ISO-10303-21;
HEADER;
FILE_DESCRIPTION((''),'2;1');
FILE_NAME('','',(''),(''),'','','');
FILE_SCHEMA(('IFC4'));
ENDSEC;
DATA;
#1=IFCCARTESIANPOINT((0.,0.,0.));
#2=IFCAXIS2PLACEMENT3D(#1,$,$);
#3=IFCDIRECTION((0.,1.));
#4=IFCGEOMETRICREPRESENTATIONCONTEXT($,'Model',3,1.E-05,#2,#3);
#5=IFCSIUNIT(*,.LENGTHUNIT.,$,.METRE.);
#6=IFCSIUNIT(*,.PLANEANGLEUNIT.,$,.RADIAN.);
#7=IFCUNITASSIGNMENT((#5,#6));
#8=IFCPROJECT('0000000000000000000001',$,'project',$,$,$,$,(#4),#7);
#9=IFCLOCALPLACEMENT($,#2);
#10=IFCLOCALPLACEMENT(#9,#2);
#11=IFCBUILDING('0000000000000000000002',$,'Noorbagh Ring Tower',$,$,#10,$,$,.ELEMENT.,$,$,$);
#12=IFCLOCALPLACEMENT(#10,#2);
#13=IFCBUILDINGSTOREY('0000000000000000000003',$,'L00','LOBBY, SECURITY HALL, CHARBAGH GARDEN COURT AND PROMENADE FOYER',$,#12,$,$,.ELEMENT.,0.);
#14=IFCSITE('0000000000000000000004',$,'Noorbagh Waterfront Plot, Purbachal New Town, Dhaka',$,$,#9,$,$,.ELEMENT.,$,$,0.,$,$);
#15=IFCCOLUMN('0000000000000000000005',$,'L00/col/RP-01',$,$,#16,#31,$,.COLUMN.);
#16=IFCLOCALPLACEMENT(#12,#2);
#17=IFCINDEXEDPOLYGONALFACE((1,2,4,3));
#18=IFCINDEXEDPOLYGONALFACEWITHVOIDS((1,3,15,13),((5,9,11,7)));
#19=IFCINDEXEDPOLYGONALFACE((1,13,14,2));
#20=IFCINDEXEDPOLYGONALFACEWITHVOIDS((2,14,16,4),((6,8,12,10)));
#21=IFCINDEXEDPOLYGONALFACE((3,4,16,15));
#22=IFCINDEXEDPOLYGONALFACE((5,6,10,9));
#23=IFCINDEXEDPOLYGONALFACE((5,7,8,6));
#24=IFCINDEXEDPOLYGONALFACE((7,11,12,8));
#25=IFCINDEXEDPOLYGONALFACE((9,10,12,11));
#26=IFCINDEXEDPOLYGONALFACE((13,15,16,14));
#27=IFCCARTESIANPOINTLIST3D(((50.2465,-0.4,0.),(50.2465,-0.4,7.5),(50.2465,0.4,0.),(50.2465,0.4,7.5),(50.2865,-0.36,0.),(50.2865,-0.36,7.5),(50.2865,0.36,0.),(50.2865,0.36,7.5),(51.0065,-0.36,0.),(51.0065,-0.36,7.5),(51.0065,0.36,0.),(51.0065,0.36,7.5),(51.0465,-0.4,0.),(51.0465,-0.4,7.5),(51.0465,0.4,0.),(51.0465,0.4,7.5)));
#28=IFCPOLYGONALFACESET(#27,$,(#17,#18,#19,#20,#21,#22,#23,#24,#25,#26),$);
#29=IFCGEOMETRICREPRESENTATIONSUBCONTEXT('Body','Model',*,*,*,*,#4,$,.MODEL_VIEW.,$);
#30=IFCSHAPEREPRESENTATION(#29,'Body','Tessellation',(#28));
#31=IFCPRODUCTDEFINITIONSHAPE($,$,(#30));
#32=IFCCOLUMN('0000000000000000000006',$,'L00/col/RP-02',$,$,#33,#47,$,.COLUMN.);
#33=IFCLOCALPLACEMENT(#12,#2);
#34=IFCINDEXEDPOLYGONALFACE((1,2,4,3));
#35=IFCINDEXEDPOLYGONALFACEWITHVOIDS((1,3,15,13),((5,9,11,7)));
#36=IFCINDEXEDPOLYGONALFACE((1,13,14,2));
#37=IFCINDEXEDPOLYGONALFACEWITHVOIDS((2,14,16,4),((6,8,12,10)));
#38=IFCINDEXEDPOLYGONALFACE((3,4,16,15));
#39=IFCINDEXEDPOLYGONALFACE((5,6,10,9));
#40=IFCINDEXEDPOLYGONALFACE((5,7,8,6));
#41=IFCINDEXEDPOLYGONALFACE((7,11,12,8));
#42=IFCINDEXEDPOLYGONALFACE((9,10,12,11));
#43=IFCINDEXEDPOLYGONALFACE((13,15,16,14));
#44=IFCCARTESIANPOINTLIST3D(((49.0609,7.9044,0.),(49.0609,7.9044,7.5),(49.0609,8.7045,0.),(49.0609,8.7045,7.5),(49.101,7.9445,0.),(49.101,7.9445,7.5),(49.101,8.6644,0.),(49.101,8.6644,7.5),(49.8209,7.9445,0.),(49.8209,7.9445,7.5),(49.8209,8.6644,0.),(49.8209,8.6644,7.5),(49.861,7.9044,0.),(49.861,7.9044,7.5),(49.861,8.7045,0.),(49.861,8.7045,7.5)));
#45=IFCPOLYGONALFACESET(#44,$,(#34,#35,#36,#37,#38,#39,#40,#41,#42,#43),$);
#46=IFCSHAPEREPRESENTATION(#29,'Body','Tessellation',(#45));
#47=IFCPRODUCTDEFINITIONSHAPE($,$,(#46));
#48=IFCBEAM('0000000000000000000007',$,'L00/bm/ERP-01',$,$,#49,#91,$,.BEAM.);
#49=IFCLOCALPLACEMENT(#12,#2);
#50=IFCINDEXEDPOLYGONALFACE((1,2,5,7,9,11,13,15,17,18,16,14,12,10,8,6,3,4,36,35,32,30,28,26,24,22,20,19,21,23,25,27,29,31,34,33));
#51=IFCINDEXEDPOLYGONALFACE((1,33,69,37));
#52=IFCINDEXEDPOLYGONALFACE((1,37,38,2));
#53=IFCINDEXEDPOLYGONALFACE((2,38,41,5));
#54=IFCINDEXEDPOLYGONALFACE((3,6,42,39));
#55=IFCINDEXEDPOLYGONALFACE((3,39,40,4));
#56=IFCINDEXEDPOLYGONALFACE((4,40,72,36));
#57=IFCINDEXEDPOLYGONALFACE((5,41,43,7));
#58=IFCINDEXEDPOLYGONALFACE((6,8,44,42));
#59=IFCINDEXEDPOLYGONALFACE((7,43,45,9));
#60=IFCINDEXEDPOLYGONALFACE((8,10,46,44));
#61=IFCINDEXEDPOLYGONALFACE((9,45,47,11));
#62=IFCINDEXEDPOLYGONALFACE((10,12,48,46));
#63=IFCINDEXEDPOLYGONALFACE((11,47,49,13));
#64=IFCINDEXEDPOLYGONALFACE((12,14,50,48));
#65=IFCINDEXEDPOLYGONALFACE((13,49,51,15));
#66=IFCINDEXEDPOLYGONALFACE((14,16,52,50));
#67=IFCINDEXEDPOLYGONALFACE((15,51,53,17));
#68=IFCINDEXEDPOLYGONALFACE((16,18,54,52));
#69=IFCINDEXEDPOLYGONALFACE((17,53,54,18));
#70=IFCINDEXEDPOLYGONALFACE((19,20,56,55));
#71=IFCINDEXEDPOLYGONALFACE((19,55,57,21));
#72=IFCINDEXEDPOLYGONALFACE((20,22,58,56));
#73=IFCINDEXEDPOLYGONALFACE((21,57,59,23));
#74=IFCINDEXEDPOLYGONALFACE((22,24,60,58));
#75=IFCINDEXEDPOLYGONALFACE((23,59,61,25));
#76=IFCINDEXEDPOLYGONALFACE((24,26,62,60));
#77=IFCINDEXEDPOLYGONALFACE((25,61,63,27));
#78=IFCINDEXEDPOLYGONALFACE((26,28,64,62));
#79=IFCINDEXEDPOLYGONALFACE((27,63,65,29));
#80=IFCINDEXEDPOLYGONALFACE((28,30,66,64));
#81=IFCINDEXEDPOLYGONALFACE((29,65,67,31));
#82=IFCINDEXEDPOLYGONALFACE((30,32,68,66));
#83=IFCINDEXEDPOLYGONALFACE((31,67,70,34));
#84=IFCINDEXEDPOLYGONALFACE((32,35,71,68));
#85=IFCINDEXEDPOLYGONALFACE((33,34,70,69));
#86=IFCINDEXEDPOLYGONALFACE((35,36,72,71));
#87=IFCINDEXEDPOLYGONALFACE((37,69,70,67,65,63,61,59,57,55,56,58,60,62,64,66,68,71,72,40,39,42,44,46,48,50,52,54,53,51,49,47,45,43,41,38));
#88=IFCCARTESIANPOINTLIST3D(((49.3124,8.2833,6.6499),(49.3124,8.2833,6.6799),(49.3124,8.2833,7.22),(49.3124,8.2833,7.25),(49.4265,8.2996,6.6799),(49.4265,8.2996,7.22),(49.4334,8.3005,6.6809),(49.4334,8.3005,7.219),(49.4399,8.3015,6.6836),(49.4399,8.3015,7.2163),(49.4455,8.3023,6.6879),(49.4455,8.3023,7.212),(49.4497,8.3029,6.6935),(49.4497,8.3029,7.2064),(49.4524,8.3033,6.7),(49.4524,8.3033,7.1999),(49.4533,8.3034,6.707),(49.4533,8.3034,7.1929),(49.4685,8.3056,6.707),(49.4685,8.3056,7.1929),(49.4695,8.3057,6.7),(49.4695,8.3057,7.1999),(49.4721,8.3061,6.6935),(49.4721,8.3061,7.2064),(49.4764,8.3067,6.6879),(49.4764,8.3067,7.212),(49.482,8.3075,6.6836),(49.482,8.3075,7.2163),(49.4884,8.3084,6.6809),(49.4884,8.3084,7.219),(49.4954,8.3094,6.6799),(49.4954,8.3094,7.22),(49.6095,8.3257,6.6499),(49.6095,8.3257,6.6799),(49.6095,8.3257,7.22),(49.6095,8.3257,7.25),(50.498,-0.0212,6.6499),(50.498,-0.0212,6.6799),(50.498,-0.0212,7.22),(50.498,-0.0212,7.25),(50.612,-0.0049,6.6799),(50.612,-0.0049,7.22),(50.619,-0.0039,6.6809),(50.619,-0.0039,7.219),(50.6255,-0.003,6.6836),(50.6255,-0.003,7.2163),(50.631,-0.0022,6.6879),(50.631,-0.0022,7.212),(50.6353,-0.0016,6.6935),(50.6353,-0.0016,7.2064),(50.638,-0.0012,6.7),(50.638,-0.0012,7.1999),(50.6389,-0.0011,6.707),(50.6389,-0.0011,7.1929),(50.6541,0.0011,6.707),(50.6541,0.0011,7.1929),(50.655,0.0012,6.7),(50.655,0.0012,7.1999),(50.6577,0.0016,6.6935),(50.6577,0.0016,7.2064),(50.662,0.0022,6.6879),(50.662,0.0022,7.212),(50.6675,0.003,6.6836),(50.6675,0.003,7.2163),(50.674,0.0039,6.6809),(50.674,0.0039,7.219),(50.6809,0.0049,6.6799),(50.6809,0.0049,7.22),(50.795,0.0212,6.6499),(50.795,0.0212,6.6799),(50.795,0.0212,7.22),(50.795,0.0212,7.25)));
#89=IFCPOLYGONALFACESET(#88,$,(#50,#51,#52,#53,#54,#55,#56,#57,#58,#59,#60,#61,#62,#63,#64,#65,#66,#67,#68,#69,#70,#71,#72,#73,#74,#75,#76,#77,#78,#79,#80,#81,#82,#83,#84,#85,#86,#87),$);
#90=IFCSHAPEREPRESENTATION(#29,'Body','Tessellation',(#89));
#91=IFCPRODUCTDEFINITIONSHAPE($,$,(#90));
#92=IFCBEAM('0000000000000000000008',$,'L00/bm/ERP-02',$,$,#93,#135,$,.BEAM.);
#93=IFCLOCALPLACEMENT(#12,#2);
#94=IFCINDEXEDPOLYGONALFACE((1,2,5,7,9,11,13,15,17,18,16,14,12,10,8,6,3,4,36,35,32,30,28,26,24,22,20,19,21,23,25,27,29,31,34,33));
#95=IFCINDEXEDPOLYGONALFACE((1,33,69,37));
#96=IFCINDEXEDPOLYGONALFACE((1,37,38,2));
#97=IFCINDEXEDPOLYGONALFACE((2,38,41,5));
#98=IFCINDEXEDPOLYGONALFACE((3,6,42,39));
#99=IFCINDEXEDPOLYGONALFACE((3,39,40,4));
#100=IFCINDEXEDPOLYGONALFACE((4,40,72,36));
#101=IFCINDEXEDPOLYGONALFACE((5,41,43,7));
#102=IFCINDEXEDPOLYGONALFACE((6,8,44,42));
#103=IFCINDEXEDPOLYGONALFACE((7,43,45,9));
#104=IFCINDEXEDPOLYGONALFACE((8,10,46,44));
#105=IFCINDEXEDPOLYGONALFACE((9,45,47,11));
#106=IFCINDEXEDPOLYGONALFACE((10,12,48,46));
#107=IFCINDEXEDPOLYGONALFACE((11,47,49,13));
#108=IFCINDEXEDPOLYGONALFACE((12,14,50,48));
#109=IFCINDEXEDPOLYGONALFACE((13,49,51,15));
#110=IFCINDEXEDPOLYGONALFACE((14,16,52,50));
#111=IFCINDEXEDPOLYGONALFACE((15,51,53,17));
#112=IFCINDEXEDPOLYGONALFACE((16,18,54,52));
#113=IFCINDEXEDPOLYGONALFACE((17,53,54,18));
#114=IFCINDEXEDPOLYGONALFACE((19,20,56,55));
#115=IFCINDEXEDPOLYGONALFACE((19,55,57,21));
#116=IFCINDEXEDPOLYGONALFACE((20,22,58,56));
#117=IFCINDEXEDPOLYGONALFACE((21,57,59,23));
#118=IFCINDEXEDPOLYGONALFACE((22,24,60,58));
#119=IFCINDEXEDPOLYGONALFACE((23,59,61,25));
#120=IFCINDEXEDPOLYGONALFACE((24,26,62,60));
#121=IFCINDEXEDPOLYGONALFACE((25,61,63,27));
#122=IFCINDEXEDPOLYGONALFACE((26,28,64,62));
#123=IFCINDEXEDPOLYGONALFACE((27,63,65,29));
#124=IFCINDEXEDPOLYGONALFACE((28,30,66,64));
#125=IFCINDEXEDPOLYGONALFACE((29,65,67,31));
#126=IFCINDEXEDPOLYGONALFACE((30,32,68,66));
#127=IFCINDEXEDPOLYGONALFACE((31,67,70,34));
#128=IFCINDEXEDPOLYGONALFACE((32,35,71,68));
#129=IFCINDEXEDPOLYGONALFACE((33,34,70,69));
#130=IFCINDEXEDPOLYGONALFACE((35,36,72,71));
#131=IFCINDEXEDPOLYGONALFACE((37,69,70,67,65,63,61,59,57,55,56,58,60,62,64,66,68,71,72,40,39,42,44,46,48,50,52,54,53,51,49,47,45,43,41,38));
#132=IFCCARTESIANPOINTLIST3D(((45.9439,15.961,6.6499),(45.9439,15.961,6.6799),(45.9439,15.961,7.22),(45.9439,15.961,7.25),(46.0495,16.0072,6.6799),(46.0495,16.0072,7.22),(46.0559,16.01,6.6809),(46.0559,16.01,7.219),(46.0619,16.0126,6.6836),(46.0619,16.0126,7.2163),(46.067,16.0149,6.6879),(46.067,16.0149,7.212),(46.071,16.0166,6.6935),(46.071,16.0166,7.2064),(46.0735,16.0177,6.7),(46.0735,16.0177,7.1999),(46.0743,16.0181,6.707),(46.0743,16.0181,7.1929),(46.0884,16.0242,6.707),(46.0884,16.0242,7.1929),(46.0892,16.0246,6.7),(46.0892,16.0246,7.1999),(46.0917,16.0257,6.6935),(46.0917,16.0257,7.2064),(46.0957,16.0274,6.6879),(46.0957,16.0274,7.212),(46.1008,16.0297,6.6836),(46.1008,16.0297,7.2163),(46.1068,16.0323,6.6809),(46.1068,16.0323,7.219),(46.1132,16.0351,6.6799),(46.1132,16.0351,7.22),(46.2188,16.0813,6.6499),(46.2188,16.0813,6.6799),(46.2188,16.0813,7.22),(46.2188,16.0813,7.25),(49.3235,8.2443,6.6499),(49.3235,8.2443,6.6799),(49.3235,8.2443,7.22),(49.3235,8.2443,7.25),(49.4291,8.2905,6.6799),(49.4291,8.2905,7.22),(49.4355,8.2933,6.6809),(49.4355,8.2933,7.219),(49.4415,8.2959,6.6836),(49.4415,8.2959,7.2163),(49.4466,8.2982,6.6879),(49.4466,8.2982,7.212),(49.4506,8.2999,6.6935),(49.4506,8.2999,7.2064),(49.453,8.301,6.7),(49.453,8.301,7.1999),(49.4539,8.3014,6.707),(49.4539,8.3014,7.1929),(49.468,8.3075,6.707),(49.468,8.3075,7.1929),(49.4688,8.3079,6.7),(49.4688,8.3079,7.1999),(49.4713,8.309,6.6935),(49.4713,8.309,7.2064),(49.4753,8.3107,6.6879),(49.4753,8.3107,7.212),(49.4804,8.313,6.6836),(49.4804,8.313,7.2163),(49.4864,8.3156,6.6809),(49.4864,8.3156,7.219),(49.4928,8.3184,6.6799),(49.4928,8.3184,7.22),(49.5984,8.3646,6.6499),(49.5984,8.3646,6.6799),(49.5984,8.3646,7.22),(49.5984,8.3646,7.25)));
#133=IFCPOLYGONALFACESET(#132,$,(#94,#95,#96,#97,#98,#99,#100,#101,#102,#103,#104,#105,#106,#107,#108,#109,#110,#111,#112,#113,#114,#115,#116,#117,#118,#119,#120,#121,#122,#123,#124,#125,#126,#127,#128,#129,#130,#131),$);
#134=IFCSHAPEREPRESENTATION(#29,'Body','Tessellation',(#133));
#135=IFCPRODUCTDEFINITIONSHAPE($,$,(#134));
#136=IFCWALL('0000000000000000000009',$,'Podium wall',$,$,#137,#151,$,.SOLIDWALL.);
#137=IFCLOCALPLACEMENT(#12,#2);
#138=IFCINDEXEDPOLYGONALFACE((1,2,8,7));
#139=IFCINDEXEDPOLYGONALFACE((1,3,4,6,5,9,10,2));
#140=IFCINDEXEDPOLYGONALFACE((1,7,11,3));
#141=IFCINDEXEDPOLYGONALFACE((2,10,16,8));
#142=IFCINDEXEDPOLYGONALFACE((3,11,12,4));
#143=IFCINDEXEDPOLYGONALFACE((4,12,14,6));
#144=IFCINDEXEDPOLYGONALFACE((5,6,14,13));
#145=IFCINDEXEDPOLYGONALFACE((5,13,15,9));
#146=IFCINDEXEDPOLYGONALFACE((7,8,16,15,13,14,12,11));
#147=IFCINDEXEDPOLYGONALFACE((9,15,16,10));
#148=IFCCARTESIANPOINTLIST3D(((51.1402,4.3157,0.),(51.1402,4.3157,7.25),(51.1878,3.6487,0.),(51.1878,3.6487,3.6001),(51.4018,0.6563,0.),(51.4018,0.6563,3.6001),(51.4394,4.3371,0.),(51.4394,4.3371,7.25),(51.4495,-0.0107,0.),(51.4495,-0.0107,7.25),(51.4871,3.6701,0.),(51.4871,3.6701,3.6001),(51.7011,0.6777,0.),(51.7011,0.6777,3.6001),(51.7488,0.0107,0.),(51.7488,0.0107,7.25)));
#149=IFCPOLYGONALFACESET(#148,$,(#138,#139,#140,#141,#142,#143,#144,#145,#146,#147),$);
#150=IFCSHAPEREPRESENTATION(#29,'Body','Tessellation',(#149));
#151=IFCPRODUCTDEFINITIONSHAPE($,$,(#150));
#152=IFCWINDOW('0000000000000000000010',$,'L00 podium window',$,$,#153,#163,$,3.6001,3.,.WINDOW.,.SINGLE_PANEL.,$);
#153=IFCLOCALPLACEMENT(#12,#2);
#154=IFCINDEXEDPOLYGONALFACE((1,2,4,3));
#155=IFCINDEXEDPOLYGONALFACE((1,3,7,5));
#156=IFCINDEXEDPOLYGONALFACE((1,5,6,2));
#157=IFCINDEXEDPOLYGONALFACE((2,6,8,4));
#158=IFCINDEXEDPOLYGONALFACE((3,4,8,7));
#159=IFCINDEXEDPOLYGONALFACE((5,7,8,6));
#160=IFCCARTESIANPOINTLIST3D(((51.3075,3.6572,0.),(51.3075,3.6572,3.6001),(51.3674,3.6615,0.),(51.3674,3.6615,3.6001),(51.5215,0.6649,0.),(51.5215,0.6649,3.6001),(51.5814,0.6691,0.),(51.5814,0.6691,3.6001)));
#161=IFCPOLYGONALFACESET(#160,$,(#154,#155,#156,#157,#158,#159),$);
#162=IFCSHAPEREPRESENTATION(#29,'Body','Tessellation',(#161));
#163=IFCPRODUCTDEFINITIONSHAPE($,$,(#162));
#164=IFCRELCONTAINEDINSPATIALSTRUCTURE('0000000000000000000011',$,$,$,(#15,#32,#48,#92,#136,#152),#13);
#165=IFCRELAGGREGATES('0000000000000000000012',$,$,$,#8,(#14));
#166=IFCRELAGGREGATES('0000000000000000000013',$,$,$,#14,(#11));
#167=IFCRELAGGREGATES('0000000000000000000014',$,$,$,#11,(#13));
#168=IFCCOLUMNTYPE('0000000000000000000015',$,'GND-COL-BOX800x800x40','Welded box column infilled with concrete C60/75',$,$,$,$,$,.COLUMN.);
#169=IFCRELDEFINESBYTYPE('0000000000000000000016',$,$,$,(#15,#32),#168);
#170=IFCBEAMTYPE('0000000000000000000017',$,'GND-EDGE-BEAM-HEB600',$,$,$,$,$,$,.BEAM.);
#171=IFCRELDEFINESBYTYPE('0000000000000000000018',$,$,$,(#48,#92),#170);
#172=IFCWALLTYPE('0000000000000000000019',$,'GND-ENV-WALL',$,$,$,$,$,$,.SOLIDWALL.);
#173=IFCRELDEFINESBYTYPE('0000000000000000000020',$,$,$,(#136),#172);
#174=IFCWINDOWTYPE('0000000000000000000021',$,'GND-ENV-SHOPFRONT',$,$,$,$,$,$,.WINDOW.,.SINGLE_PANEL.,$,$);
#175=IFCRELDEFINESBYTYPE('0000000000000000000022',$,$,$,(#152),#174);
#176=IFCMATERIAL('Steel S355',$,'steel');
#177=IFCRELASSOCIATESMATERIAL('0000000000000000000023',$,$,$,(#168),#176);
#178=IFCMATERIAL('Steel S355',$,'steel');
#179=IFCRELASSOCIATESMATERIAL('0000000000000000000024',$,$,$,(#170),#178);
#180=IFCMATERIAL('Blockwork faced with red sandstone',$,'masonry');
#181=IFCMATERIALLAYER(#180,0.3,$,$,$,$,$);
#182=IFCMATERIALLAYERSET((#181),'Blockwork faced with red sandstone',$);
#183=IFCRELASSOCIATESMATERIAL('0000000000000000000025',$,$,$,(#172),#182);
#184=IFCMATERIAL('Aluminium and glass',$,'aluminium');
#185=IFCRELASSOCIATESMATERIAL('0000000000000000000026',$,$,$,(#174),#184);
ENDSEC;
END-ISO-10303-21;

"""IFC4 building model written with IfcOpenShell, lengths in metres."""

from ifc_helpers import new_model, si_unit, direction, frame, frame_2d, origin, origin_2d, place, context, subcontext, project, spatial, rectangle, hollow_rectangle, i_section, extrude, material, layer, layer_set, material_profile, profile_set, type_object, element, fill, save


model = new_model("IFC4")

# Units and contexts
model_context = context("Model", 3, precision=1e-05, world=origin(), true_north=direction((0.0, 1.0)))
body_context = subcontext(model_context, "Body", "Model", "MODEL_VIEW")
ifc_project = project(units=[si_unit("LENGTHUNIT", "METRE"), si_unit("PLANEANGLEUNIT", "RADIAN")], contexts=[model_context])

# Site, building, storey
site_placement = place(None, origin())
site = spatial("IfcSite", under=ifc_project, at=site_placement, Name="Noorbagh Waterfront Plot, Purbachal New Town, Dhaka", CompositionType="ELEMENT", RefElevation=0.0)
building_placement = place(site_placement, origin())
building = spatial("IfcBuilding", under=site, at=building_placement, Name="Noorbagh Ring Tower", CompositionType="ELEMENT")
storey_placement = place(building_placement, origin())
storey = spatial("IfcBuildingStorey", under=building, at=storey_placement, Name="L00", Description="LOBBY, SECURITY HALL, CHARBAGH GARDEN COURT AND PROMENADE FOYER", CompositionType="ELEMENT", Elevation=0.0)

# Columns
ifc_material_1 = material(Name="Steel S355", Category="steel")
ifc_material_profile_1 = material_profile(ifc_material_1, hollow_rectangle(XDim=0.8, YDim=0.8, WallThickness=0.04, at=origin_2d()), Name="BOX800x800x40")
ifc_profile_set_1 = profile_set([ifc_material_profile_1], Name="Steel S355")
column_type = type_object("IfcColumnType", Name="GND-COL-BOX800x800x40", Description="Welded box column infilled with concrete C60/75", PredefinedType="COLUMN", material=ifc_profile_set_1)
for number, where, z_axis, x_axis, name in (
    (1, (50.6465, 0.0, 0.0), (0.0, 0.0, 1.0), (1.0, 0.0, 0.0), "L00/col/RP-01"),
    (2, (49.4609, 8.3044, 0.0), (0.0, 0.0, 1.0), (1.0, 0.0, 0.0), "L00/col/RP-02"),
):
    element("IfcColumn", number, at=place(storey_placement, frame(where, z_axis=z_axis, x_axis=x_axis)), inside=storey, type_object=column_type, Name=name, PredefinedType="COLUMN", context=body_context, shape_type="SweptSolid", body=[
        extrude(hollow_rectangle(XDim=0.8, YDim=0.8, WallThickness=0.04, at=origin_2d()), origin(), (0.0, 0.0, 1.0), 7.5),
    ])

# Beams
ifc_material_2 = material(Name="Steel S355", Category="steel")
ifc_material_profile_2 = material_profile(ifc_material_2, i_section(OverallWidth=0.3, OverallDepth=0.6001, WebThickness=0.0154, FlangeThickness=0.03, FilletRadius=0.0271, at=origin_2d()), Name="HEB600")
ifc_profile_set_2 = profile_set([ifc_material_profile_2], Name="Steel S355")
beam_type = type_object("IfcBeamType", Name="GND-EDGE-BEAM-HEB600", PredefinedType="BEAM", material=ifc_profile_set_2)
beam_1_placement = place(storey_placement, frame((50.6465, 0.0, 6.95), z_axis=(-0.141328, 0.989963, 0.0), x_axis=(-0.989963, -0.141328, 0.0)))
element("IfcBeam", 3, at=beam_1_placement, inside=storey, type_object=beam_type, Name="L00/bm/ERP-01", PredefinedType="BEAM", context=body_context, shape_type="SweptSolid", body=[
    extrude(i_section(OverallWidth=0.3, OverallDepth=0.6001, WebThickness=0.0154, FlangeThickness=0.03, FilletRadius=0.0271, at=origin_2d()), origin(), (0.0, 0.0, 1.0), 8.3887),
])
beam_2_placement = place(storey_placement, frame((49.4609, 8.3044, 6.95), z_axis=(-0.401172, 0.916003, 0.0), x_axis=(-0.916003, -0.401172, 0.0)))
element("IfcBeam", 4, at=beam_2_placement, inside=storey, type_object=beam_type, Name="L00/bm/ERP-02", PredefinedType="BEAM", context=body_context, shape_type="SweptSolid", body=[
    extrude(i_section(OverallWidth=0.3, OverallDepth=0.6001, WebThickness=0.0154, FlangeThickness=0.03, FilletRadius=0.0271, at=origin_2d()), origin(), (0.0, 0.0, 1.0), 8.4243),
])

# Wall, opening, window
ifc_material_3 = material(Name="Blockwork faced with red sandstone", Category="masonry")
ifc_layer_1 = layer(ifc_material_3, 0.3)
ifc_layer_set_1 = layer_set([ifc_layer_1], Name="Blockwork faced with red sandstone")
wall_type_1 = type_object("IfcWallType", Name="GND-ENV-WALL", PredefinedType="SOLIDWALL", material=ifc_layer_set_1)
wall_1_placement = place(storey_placement, frame((51.5991, 0.0, 0.0), z_axis=(0.0, 0.0, 1.0), x_axis=(-0.071315, 0.997454, 0.0)))
wall_1 = element("IfcWall", 5, at=wall_1_placement, inside=storey, type_object=wall_type_1, Name="Podium wall", PredefinedType="SOLIDWALL", context=body_context, shape_type="SweptSolid", body=[
    extrude(rectangle(XDim=4.3374, YDim=0.3, at=frame_2d((2.1687, 0.0))), origin(), (0.0, 0.0, 1.0), 7.25),
])
opening_1_placement = place(wall_1_placement, frame((0.6687, 0.0, 0.0)))
opening_1 = element("IfcOpeningElement", 6, at=opening_1_placement, cuts=wall_1, PredefinedType="OPENING", context=body_context, shape_type="SweptSolid", body=[
    extrude(rectangle(XDim=3.0, YDim=3.6001, at=frame_2d((1.5, 1.8))), frame((0.0, 0.1602, 0.0), z_axis=(0.0, -1.0, 0.0), x_axis=(1.0, 0.0, 0.0)), (0.0, 0.0, 1.0), 0.3201),
])
ifc_material_4 = material(Name="Aluminium and glass", Category="aluminium")
window_type = type_object("IfcWindowType", Name="GND-ENV-SHOPFRONT", PartitioningType="SINGLE_PANEL", PredefinedType="WINDOW", material=ifc_material_4)
window_1_placement = place(opening_1_placement, origin())
window_1 = element("IfcWindow", 7, at=window_1_placement, inside=storey, type_object=window_type, Name="L00 podium window", OverallHeight=3.6001, OverallWidth=3.0, PartitioningType="SINGLE_PANEL", PredefinedType="WINDOW", context=body_context, shape_type="SweptSolid", body=[
    extrude(rectangle(XDim=3.0, YDim=3.6001, at=frame_2d((1.5, 1.8))), frame((0.0, 0.03, 0.0), z_axis=(0.0, -1.0, 0.0), x_axis=(1.0, 0.0, 0.0)), (0.0, 0.0, 1.0), 0.0601),
])
fill(opening_1, window_1)

save(model, "model.ifc")
